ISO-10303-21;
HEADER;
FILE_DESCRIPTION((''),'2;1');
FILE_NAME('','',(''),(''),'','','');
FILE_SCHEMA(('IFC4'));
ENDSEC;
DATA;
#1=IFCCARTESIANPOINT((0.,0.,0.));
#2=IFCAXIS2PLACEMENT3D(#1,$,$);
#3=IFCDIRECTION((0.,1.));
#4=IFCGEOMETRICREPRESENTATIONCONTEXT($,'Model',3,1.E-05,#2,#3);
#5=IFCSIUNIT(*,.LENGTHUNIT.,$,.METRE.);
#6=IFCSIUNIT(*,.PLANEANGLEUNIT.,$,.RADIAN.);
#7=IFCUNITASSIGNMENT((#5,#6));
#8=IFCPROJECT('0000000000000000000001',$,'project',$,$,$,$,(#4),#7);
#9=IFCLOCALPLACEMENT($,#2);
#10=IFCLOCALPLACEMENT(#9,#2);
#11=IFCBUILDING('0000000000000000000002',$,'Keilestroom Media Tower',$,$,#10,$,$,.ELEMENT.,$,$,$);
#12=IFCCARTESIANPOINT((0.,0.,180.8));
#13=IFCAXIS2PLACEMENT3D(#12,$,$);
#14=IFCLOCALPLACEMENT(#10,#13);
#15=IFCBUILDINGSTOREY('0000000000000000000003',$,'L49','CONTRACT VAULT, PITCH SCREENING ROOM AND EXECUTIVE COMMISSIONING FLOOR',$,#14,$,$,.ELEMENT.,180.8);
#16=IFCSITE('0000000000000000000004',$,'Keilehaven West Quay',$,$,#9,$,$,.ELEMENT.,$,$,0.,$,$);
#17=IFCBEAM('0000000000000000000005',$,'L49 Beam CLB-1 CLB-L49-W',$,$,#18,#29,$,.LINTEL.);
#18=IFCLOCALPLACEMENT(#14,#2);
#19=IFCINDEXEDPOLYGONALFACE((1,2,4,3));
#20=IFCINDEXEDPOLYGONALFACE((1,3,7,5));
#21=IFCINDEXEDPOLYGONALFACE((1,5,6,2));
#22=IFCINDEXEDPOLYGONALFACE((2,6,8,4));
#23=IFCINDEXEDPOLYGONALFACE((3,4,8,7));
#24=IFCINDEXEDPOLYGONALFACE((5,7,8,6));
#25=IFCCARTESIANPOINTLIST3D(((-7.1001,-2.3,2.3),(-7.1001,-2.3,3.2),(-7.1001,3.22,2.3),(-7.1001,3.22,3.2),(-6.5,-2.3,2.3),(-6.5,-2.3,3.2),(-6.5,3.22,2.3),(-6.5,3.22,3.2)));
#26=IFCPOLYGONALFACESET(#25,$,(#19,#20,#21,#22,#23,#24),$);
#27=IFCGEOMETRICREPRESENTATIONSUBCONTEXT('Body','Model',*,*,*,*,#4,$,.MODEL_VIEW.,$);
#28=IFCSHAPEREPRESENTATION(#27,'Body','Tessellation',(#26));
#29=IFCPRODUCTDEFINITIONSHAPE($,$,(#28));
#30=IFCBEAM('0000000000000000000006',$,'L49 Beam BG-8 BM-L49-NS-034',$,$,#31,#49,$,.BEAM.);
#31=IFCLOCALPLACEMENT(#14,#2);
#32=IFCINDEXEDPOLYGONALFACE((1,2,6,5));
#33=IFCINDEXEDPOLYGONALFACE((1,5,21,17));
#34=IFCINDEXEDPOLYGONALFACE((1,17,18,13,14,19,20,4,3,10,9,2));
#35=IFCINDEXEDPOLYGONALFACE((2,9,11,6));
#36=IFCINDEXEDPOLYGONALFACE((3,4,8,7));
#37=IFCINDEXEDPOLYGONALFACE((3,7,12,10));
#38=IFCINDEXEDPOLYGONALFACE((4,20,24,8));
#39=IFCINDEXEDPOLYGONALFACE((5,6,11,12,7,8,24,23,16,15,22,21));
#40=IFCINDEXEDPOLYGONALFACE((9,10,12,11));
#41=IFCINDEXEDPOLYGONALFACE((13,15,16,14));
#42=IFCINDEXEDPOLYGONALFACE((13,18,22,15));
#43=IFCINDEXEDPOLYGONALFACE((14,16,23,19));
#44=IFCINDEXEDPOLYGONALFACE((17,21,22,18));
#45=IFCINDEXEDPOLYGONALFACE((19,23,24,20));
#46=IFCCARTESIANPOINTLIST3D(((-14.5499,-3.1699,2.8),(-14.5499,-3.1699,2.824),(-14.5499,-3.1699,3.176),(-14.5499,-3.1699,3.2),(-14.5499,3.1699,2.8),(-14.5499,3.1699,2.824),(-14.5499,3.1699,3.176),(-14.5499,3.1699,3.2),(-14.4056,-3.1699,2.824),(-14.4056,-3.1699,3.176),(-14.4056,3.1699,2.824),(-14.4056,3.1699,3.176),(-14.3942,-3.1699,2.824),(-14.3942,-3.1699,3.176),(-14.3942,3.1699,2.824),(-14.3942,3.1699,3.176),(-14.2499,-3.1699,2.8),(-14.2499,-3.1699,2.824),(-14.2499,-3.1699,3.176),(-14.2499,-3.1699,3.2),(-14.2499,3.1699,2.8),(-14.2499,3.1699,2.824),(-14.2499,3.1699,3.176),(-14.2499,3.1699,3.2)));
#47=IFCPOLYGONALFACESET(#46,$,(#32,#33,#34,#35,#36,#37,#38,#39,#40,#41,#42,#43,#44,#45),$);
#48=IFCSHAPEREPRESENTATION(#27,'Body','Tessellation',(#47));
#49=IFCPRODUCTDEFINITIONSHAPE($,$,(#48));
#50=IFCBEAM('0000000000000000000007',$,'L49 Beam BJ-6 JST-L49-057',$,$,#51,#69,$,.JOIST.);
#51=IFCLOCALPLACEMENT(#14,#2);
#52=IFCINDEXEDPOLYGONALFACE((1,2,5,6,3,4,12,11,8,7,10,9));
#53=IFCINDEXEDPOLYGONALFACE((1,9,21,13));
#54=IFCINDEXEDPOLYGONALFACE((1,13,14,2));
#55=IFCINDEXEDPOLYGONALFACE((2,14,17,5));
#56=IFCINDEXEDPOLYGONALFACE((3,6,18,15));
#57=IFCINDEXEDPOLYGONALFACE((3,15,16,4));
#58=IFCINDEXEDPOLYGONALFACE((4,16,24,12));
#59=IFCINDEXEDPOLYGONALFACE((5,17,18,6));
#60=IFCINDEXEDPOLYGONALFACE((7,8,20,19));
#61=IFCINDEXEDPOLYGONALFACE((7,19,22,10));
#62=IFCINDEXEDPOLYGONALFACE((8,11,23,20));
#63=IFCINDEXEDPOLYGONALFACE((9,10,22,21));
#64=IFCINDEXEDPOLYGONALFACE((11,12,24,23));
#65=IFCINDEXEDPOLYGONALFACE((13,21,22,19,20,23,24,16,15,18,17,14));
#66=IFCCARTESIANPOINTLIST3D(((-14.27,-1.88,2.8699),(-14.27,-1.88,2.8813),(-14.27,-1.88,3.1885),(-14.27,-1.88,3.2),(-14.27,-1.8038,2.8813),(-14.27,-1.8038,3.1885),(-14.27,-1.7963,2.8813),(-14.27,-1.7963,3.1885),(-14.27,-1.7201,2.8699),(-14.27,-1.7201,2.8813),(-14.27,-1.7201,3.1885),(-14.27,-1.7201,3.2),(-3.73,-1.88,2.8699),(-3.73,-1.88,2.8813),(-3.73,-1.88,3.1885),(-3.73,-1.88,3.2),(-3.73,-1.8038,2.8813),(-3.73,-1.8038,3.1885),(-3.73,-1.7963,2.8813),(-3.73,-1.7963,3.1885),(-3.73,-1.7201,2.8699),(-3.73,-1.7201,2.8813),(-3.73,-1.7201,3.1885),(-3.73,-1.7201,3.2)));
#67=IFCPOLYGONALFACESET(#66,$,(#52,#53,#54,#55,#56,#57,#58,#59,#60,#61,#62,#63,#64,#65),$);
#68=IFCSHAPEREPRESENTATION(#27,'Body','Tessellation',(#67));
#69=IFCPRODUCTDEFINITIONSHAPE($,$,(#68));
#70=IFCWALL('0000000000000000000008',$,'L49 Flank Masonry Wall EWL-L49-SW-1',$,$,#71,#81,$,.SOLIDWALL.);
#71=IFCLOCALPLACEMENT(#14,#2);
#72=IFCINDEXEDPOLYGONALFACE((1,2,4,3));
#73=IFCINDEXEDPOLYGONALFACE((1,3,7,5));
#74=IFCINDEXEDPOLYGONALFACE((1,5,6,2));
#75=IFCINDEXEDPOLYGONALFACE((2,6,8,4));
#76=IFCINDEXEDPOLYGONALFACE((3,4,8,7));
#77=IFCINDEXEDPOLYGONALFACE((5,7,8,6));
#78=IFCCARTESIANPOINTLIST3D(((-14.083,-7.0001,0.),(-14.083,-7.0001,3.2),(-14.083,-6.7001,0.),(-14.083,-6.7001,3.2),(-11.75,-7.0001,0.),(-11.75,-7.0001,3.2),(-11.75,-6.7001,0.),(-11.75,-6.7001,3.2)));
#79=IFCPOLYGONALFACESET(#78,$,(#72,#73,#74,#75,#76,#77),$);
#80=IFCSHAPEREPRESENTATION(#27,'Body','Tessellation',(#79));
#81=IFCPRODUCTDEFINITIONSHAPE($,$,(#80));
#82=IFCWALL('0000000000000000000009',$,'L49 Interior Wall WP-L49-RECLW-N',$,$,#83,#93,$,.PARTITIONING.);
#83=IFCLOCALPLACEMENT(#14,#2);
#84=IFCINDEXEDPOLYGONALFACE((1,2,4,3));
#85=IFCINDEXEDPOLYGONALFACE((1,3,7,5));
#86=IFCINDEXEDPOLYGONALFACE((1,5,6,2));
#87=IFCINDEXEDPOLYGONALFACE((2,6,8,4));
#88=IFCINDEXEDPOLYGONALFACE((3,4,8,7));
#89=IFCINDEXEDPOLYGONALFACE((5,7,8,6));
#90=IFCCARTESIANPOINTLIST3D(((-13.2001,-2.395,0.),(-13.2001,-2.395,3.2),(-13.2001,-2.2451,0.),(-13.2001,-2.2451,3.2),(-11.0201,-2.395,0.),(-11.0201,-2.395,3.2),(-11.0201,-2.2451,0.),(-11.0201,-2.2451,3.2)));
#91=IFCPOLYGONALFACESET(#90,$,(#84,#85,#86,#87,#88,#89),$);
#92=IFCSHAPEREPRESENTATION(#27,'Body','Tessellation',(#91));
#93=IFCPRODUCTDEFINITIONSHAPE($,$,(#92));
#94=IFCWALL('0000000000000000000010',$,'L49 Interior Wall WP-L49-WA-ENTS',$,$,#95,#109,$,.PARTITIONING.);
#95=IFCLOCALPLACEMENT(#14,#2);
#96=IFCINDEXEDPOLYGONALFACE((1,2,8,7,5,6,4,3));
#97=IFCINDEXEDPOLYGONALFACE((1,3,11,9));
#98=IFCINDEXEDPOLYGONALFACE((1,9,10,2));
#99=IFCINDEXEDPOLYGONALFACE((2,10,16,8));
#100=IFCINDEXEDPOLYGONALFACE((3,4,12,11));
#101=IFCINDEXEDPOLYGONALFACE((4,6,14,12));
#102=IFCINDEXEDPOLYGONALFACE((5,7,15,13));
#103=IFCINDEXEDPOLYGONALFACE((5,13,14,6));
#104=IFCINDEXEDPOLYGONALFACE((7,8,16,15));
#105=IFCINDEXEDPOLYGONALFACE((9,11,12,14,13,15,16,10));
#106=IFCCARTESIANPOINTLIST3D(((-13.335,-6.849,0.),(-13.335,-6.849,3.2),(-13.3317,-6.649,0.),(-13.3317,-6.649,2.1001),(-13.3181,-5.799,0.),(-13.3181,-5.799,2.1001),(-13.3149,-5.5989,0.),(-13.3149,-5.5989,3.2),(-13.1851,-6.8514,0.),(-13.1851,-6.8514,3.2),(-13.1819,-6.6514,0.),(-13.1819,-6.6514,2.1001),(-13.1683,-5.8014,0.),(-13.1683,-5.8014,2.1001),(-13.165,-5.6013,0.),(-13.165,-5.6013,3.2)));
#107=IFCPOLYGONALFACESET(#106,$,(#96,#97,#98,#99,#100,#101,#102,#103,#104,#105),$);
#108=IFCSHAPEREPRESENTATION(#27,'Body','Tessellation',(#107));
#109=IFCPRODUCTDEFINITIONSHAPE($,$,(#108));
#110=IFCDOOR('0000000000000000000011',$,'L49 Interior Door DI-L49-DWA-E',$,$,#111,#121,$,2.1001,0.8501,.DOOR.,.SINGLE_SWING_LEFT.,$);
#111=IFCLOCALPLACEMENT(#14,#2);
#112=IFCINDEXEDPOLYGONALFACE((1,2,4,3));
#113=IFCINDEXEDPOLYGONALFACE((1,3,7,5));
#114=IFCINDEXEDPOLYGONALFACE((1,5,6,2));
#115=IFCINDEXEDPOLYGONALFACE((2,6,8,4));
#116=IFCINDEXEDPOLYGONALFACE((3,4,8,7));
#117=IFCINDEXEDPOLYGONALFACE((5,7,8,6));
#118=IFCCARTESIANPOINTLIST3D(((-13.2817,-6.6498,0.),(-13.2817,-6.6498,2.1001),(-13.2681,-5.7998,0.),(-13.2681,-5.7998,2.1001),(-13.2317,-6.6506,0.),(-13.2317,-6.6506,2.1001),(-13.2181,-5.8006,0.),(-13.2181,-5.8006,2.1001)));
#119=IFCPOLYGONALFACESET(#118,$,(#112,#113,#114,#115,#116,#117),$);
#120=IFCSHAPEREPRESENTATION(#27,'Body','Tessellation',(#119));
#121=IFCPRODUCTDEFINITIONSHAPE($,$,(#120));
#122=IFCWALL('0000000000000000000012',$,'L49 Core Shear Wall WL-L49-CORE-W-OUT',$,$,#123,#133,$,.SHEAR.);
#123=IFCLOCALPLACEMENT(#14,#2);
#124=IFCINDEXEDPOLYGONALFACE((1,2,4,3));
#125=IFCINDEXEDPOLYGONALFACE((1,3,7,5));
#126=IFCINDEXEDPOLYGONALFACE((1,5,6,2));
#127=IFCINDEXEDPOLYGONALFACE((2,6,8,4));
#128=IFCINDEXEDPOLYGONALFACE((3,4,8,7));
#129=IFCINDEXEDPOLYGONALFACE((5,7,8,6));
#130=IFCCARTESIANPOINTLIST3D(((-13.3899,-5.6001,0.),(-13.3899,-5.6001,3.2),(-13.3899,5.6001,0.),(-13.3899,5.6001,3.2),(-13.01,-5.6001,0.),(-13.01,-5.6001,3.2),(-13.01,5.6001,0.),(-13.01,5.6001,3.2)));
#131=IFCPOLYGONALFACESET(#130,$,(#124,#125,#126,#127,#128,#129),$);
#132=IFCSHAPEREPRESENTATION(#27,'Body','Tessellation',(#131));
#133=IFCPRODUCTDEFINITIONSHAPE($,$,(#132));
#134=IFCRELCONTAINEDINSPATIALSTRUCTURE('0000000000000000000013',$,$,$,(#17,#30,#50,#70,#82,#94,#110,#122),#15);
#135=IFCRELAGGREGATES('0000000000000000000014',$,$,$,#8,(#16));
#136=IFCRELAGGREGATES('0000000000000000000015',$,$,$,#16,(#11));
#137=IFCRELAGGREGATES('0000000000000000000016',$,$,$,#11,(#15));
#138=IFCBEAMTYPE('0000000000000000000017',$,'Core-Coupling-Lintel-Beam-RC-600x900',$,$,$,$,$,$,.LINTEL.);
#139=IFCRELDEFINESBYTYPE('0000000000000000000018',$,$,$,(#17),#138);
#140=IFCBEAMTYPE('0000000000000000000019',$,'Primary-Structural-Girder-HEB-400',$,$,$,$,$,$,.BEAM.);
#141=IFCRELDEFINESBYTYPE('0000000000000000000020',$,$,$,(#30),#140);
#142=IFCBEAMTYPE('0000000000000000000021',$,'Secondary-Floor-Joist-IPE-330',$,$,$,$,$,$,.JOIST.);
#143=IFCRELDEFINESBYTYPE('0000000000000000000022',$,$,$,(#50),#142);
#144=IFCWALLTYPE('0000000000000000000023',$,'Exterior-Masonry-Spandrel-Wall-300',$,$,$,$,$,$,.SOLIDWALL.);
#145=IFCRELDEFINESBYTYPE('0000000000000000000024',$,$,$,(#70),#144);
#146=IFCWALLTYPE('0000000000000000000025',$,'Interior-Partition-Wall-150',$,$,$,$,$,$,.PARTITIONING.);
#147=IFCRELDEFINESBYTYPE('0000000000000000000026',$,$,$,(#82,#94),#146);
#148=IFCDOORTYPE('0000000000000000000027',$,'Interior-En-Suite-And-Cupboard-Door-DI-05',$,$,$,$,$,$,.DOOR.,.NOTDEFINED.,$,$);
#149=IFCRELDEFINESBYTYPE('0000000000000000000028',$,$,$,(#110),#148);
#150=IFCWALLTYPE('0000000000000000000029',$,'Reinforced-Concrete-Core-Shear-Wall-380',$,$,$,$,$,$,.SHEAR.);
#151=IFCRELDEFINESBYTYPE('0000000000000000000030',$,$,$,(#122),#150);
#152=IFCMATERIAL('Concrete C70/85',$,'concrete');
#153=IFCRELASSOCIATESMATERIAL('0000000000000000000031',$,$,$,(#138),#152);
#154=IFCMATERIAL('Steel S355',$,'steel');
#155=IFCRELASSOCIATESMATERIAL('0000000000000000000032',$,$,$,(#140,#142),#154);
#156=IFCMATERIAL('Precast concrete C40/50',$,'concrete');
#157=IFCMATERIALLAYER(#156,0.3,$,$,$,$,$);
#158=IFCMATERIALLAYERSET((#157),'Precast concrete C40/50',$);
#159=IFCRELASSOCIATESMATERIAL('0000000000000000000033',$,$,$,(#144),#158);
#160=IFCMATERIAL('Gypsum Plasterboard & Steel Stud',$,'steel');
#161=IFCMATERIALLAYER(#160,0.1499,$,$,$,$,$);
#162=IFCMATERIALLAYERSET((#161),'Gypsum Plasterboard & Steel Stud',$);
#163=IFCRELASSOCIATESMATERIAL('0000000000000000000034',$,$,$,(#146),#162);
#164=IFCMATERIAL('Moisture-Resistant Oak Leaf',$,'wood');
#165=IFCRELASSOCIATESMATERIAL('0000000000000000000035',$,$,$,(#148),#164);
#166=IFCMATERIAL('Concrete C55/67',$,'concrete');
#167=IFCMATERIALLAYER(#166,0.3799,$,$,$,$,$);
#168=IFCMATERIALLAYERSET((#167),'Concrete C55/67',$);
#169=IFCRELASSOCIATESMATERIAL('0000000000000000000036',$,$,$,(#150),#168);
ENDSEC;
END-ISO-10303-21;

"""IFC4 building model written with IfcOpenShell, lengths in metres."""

from ifc_helpers import new_model, si_unit, direction, frame, frame_2d, origin, origin_2d, place, context, subcontext, project, spatial, rectangle, i_section, extrude, source, transform, mapped, material, layer, layer_set, material_profile, profile_set, type_object, element, fill, save


model = new_model("IFC4")

# Units and contexts
model_context = context("Model", 3, precision=1e-05, world=origin(), true_north=direction((0.0, 1.0)))
body_context = subcontext(model_context, "Body", "Model", "MODEL_VIEW")
ifc_project = project(units=[si_unit("LENGTHUNIT", "METRE"), si_unit("PLANEANGLEUNIT", "RADIAN")], contexts=[model_context])

# Site, building, storey
site_placement = place(None, origin())
site = spatial("IfcSite", under=ifc_project, at=site_placement, Name="Keilehaven West Quay", CompositionType="ELEMENT", RefElevation=0.0)
building_placement = place(site_placement, origin())
building = spatial("IfcBuilding", under=site, at=building_placement, Name="Keilestroom Media Tower", CompositionType="ELEMENT")
storey_placement = place(building_placement, frame((0.0, 0.0, 180.8)))
storey = spatial("IfcBuildingStorey", under=building, at=storey_placement, Name="L49", Description="CONTRACT VAULT, PITCH SCREENING ROOM AND EXECUTIVE COMMISSIONING FLOOR", CompositionType="ELEMENT", Elevation=180.8)

# Beams
ifc_material_1 = material(Name="Concrete C70/85", Category="concrete")
ifc_material_profile_1 = material_profile(ifc_material_1, rectangle(XDim=0.6001, YDim=0.8999, at=origin_2d()), Name="RC 600x900")
ifc_profile_set_1 = profile_set([ifc_material_profile_1], Name="Concrete C70/85")
beam_type_1 = type_object("IfcBeamType", Name="Core-Coupling-Lintel-Beam-RC-600x900", PredefinedType="LINTEL", material=ifc_profile_set_1)
shared_shape_1 = source(origin(), body_context, "Body", "SweptSolid", [
    extrude(rectangle(XDim=0.6001, YDim=0.8999, at=origin_2d()), origin(), (0.0, 0.0, 1.0), 5.52),
])
beam_1_placement = place(storey_placement, frame((-6.8, -2.3, 2.75), z_axis=(0.0, 1.0, 0.0), x_axis=(-1.0, 0.0, 0.0)))
element("IfcBeam", 1, at=beam_1_placement, inside=storey, type_object=beam_type_1, Name="L49 Beam CLB-1 CLB-L49-W", PredefinedType="LINTEL", context=body_context, shape_type="MappedRepresentation", body=[
    mapped(shared_shape_1, transform((0.0, 0.0, 0.0), x_axis=(1.0, 0.0, 0.0), y_axis=(0.0, 1.0, 0.0), z_axis=(0.0, 0.0, 1.0), scale=1.0)),
])
ifc_material_2 = material(Name="Steel S355", Category="steel")
ifc_material_profile_2 = material_profile(ifc_material_2, i_section(OverallWidth=0.3, OverallDepth=0.3999, WebThickness=0.0115, FlangeThickness=0.0239, at=origin_2d()), Name="HEB 400")
ifc_profile_set_2 = profile_set([ifc_material_profile_2], Name="Steel S355")
beam_type_2 = type_object("IfcBeamType", Name="Primary-Structural-Girder-HEB-400", PredefinedType="BEAM", material=ifc_profile_set_2)
shared_shape_2 = source(origin(), body_context, "Body", "SweptSolid", [
    extrude(i_section(OverallWidth=0.3, OverallDepth=0.3999, WebThickness=0.0115, FlangeThickness=0.0239, at=origin_2d()), origin(), (0.0, 0.0, 1.0), 6.3398),
])
beam_2_placement = place(storey_placement, frame((-14.3999, -3.1699, 3.0), z_axis=(0.0, 1.0, 0.0), x_axis=(-1.0, 0.0, 0.0)))
element("IfcBeam", 2, at=beam_2_placement, inside=storey, type_object=beam_type_2, Name="L49 Beam BG-8 BM-L49-NS-034", PredefinedType="BEAM", context=body_context, shape_type="MappedRepresentation", body=[
    mapped(shared_shape_2, transform((0.0, 0.0, 0.0), x_axis=(1.0, 0.0, 0.0), y_axis=(0.0, 1.0, 0.0), z_axis=(0.0, 0.0, 1.0), scale=1.0)),
])
ifc_material_profile_3 = material_profile(ifc_material_2, i_section(OverallWidth=0.1599, OverallDepth=0.3301, WebThickness=0.0076, FlangeThickness=0.0115, at=origin_2d()), Name="IPE 330")
ifc_profile_set_3 = profile_set([ifc_material_profile_3], Name="Steel S355")
beam_type_3 = type_object("IfcBeamType", Name="Secondary-Floor-Joist-IPE-330", PredefinedType="JOIST", material=ifc_profile_set_3)
shared_shape_3 = source(origin(), body_context, "Body", "SweptSolid", [
    extrude(i_section(OverallWidth=0.1599, OverallDepth=0.3301, WebThickness=0.0076, FlangeThickness=0.0115, at=origin_2d()), origin(), (0.0, 0.0, 1.0), 10.54),
])
beam_3_placement = place(storey_placement, frame((-14.27, -1.8, 3.0349), z_axis=(1.0, 0.0, 0.0), x_axis=(0.0, 1.0, 0.0)))
element("IfcBeam", 3, at=beam_3_placement, inside=storey, type_object=beam_type_3, Name="L49 Beam BJ-6 JST-L49-057", PredefinedType="JOIST", context=body_context, shape_type="MappedRepresentation", body=[
    mapped(shared_shape_3, transform((0.0, 0.0, 0.0), x_axis=(1.0, 0.0, 0.0), y_axis=(0.0, 1.0, 0.0), z_axis=(0.0, 0.0, 1.0), scale=1.0)),
])

# Walls
ifc_material_3 = material(Name="Precast concrete C40/50", Category="concrete")
ifc_layer_1 = layer(ifc_material_3, 0.3)
ifc_layer_set_1 = layer_set([ifc_layer_1], Name="Precast concrete C40/50")
wall_type_1 = type_object("IfcWallType", Name="Exterior-Masonry-Spandrel-Wall-300", PredefinedType="SOLIDWALL", material=ifc_layer_set_1)
wall_1_placement = place(storey_placement, frame((-14.083, -6.8501, 0.0), z_axis=(0.0, 0.0, 1.0), x_axis=(1.0, 0.0, 0.0)))
element("IfcWall", 4, at=wall_1_placement, inside=storey, type_object=wall_type_1, Name="L49 Flank Masonry Wall EWL-L49-SW-1", PredefinedType="SOLIDWALL", context=body_context, shape_type="SweptSolid", body=[
    extrude(rectangle(XDim=2.333, YDim=0.3, at=frame_2d((1.1665, 0.0))), origin(), (0.0, 0.0, 1.0), 3.2),
])
ifc_material_4 = material(Name="Gypsum Plasterboard & Steel Stud", Category="steel")
ifc_layer_2 = layer(ifc_material_4, 0.1499)
ifc_layer_set_2 = layer_set([ifc_layer_2], Name="Gypsum Plasterboard & Steel Stud")
wall_type_2 = type_object("IfcWallType", Name="Interior-Partition-Wall-150", PredefinedType="PARTITIONING", material=ifc_layer_set_2)
wall_2_placement = place(storey_placement, frame((-13.2, -2.3201, 0.0), z_axis=(0.0, 0.0, 1.0), x_axis=(1.0, 0.0, 0.0)))
element("IfcWall", 5, at=wall_2_placement, inside=storey, type_object=wall_type_2, Name="L49 Interior Wall WP-L49-RECLW-N", PredefinedType="PARTITIONING", context=body_context, shape_type="SweptSolid", body=[
    extrude(rectangle(XDim=2.1799, YDim=0.1499, at=frame_2d((1.0898, 0.0))), origin(), (0.0, 0.0, 1.0), 3.2),
])

# Wall, opening, door
wall_3_placement = place(storey_placement, frame((-13.26, -6.8501, 0.0), z_axis=(0.0, 0.0, 1.0), x_axis=(0.016014, 0.999872, 0.0)))
wall_3 = element("IfcWall", 6, at=wall_3_placement, inside=storey, type_object=wall_type_2, Name="L49 Interior Wall WP-L49-WA-ENTS", PredefinedType="PARTITIONING", context=body_context, shape_type="SweptSolid", body=[
    extrude(rectangle(XDim=1.2502, YDim=0.1499, at=frame_2d((0.625, 0.0))), origin(), (0.0, 0.0, 1.0), 3.2),
])
opening_1_placement = place(wall_3_placement, frame((0.2, 0.0, 0.0)))
opening_1 = element("IfcOpeningElement", 7, at=opening_1_placement, cuts=wall_3, PredefinedType="OPENING", context=body_context, shape_type="SweptSolid", body=[
    extrude(rectangle(XDim=0.8501, YDim=2.1001, at=frame_2d((0.425, 1.05))), frame((0.0, 0.085, 0.0), z_axis=(0.0, -1.0, 0.0), x_axis=(1.0, 0.0, 0.0)), (0.0, 0.0, 1.0), 0.1699),
])
ifc_material_5 = material(Name="Moisture-Resistant Oak Leaf", Category="wood")
door_type_1 = type_object("IfcDoorType", Name="Interior-En-Suite-And-Cupboard-Door-DI-05", OperationType="NOTDEFINED", PredefinedType="DOOR", material=ifc_material_5)
shared_shape_4 = source(origin(), body_context, "Body", "SweptSolid", [
    extrude(rectangle(XDim=0.8501, YDim=2.1001, at=frame_2d((0.425, 1.05))), frame((0.0, 0.0249, 0.0), z_axis=(0.0, -1.0, 0.0), x_axis=(1.0, 0.0, 0.0)), (0.0, 0.0, 1.0), 0.05),
])
door_1_placement = place(opening_1_placement, origin())
door_1 = element("IfcDoor", 8, at=door_1_placement, inside=storey, type_object=door_type_1, Name="L49 Interior Door DI-L49-DWA-E", OperationType="SINGLE_SWING_LEFT", OverallHeight=2.1001, OverallWidth=0.8501, PredefinedType="DOOR", context=body_context, shape_type="MappedRepresentation", body=[
    mapped(shared_shape_4, transform((0.0, 0.0, 0.0), x_axis=(1.0, 0.0, 0.0), y_axis=(0.0, 1.0, 0.0), z_axis=(0.0, 0.0, 1.0), scale=1.0)),
])
fill(opening_1, door_1)

# Wall
ifc_material_6 = material(Name="Concrete C55/67", Category="concrete")
ifc_layer_3 = layer(ifc_material_6, 0.3799)
ifc_layer_set_3 = layer_set([ifc_layer_3], Name="Concrete C55/67")
wall_type_3 = type_object("IfcWallType", Name="Reinforced-Concrete-Core-Shear-Wall-380", PredefinedType="SHEAR", material=ifc_layer_set_3)
wall_4_placement = place(storey_placement, frame((-13.2, -5.6001, 0.0), z_axis=(0.0, 0.0, 1.0), x_axis=(0.0, 1.0, 0.0)))
element("IfcWall", 9, at=wall_4_placement, inside=storey, type_object=wall_type_3, Name="L49 Core Shear Wall WL-L49-CORE-W-OUT", PredefinedType="SHEAR", context=body_context, shape_type="SweptSolid", body=[
    extrude(rectangle(XDim=11.2002, YDim=0.3799, at=frame_2d((5.6001, 0.0))), origin(), (0.0, 0.0, 1.0), 3.2),
])

save(model, "model.ifc")
